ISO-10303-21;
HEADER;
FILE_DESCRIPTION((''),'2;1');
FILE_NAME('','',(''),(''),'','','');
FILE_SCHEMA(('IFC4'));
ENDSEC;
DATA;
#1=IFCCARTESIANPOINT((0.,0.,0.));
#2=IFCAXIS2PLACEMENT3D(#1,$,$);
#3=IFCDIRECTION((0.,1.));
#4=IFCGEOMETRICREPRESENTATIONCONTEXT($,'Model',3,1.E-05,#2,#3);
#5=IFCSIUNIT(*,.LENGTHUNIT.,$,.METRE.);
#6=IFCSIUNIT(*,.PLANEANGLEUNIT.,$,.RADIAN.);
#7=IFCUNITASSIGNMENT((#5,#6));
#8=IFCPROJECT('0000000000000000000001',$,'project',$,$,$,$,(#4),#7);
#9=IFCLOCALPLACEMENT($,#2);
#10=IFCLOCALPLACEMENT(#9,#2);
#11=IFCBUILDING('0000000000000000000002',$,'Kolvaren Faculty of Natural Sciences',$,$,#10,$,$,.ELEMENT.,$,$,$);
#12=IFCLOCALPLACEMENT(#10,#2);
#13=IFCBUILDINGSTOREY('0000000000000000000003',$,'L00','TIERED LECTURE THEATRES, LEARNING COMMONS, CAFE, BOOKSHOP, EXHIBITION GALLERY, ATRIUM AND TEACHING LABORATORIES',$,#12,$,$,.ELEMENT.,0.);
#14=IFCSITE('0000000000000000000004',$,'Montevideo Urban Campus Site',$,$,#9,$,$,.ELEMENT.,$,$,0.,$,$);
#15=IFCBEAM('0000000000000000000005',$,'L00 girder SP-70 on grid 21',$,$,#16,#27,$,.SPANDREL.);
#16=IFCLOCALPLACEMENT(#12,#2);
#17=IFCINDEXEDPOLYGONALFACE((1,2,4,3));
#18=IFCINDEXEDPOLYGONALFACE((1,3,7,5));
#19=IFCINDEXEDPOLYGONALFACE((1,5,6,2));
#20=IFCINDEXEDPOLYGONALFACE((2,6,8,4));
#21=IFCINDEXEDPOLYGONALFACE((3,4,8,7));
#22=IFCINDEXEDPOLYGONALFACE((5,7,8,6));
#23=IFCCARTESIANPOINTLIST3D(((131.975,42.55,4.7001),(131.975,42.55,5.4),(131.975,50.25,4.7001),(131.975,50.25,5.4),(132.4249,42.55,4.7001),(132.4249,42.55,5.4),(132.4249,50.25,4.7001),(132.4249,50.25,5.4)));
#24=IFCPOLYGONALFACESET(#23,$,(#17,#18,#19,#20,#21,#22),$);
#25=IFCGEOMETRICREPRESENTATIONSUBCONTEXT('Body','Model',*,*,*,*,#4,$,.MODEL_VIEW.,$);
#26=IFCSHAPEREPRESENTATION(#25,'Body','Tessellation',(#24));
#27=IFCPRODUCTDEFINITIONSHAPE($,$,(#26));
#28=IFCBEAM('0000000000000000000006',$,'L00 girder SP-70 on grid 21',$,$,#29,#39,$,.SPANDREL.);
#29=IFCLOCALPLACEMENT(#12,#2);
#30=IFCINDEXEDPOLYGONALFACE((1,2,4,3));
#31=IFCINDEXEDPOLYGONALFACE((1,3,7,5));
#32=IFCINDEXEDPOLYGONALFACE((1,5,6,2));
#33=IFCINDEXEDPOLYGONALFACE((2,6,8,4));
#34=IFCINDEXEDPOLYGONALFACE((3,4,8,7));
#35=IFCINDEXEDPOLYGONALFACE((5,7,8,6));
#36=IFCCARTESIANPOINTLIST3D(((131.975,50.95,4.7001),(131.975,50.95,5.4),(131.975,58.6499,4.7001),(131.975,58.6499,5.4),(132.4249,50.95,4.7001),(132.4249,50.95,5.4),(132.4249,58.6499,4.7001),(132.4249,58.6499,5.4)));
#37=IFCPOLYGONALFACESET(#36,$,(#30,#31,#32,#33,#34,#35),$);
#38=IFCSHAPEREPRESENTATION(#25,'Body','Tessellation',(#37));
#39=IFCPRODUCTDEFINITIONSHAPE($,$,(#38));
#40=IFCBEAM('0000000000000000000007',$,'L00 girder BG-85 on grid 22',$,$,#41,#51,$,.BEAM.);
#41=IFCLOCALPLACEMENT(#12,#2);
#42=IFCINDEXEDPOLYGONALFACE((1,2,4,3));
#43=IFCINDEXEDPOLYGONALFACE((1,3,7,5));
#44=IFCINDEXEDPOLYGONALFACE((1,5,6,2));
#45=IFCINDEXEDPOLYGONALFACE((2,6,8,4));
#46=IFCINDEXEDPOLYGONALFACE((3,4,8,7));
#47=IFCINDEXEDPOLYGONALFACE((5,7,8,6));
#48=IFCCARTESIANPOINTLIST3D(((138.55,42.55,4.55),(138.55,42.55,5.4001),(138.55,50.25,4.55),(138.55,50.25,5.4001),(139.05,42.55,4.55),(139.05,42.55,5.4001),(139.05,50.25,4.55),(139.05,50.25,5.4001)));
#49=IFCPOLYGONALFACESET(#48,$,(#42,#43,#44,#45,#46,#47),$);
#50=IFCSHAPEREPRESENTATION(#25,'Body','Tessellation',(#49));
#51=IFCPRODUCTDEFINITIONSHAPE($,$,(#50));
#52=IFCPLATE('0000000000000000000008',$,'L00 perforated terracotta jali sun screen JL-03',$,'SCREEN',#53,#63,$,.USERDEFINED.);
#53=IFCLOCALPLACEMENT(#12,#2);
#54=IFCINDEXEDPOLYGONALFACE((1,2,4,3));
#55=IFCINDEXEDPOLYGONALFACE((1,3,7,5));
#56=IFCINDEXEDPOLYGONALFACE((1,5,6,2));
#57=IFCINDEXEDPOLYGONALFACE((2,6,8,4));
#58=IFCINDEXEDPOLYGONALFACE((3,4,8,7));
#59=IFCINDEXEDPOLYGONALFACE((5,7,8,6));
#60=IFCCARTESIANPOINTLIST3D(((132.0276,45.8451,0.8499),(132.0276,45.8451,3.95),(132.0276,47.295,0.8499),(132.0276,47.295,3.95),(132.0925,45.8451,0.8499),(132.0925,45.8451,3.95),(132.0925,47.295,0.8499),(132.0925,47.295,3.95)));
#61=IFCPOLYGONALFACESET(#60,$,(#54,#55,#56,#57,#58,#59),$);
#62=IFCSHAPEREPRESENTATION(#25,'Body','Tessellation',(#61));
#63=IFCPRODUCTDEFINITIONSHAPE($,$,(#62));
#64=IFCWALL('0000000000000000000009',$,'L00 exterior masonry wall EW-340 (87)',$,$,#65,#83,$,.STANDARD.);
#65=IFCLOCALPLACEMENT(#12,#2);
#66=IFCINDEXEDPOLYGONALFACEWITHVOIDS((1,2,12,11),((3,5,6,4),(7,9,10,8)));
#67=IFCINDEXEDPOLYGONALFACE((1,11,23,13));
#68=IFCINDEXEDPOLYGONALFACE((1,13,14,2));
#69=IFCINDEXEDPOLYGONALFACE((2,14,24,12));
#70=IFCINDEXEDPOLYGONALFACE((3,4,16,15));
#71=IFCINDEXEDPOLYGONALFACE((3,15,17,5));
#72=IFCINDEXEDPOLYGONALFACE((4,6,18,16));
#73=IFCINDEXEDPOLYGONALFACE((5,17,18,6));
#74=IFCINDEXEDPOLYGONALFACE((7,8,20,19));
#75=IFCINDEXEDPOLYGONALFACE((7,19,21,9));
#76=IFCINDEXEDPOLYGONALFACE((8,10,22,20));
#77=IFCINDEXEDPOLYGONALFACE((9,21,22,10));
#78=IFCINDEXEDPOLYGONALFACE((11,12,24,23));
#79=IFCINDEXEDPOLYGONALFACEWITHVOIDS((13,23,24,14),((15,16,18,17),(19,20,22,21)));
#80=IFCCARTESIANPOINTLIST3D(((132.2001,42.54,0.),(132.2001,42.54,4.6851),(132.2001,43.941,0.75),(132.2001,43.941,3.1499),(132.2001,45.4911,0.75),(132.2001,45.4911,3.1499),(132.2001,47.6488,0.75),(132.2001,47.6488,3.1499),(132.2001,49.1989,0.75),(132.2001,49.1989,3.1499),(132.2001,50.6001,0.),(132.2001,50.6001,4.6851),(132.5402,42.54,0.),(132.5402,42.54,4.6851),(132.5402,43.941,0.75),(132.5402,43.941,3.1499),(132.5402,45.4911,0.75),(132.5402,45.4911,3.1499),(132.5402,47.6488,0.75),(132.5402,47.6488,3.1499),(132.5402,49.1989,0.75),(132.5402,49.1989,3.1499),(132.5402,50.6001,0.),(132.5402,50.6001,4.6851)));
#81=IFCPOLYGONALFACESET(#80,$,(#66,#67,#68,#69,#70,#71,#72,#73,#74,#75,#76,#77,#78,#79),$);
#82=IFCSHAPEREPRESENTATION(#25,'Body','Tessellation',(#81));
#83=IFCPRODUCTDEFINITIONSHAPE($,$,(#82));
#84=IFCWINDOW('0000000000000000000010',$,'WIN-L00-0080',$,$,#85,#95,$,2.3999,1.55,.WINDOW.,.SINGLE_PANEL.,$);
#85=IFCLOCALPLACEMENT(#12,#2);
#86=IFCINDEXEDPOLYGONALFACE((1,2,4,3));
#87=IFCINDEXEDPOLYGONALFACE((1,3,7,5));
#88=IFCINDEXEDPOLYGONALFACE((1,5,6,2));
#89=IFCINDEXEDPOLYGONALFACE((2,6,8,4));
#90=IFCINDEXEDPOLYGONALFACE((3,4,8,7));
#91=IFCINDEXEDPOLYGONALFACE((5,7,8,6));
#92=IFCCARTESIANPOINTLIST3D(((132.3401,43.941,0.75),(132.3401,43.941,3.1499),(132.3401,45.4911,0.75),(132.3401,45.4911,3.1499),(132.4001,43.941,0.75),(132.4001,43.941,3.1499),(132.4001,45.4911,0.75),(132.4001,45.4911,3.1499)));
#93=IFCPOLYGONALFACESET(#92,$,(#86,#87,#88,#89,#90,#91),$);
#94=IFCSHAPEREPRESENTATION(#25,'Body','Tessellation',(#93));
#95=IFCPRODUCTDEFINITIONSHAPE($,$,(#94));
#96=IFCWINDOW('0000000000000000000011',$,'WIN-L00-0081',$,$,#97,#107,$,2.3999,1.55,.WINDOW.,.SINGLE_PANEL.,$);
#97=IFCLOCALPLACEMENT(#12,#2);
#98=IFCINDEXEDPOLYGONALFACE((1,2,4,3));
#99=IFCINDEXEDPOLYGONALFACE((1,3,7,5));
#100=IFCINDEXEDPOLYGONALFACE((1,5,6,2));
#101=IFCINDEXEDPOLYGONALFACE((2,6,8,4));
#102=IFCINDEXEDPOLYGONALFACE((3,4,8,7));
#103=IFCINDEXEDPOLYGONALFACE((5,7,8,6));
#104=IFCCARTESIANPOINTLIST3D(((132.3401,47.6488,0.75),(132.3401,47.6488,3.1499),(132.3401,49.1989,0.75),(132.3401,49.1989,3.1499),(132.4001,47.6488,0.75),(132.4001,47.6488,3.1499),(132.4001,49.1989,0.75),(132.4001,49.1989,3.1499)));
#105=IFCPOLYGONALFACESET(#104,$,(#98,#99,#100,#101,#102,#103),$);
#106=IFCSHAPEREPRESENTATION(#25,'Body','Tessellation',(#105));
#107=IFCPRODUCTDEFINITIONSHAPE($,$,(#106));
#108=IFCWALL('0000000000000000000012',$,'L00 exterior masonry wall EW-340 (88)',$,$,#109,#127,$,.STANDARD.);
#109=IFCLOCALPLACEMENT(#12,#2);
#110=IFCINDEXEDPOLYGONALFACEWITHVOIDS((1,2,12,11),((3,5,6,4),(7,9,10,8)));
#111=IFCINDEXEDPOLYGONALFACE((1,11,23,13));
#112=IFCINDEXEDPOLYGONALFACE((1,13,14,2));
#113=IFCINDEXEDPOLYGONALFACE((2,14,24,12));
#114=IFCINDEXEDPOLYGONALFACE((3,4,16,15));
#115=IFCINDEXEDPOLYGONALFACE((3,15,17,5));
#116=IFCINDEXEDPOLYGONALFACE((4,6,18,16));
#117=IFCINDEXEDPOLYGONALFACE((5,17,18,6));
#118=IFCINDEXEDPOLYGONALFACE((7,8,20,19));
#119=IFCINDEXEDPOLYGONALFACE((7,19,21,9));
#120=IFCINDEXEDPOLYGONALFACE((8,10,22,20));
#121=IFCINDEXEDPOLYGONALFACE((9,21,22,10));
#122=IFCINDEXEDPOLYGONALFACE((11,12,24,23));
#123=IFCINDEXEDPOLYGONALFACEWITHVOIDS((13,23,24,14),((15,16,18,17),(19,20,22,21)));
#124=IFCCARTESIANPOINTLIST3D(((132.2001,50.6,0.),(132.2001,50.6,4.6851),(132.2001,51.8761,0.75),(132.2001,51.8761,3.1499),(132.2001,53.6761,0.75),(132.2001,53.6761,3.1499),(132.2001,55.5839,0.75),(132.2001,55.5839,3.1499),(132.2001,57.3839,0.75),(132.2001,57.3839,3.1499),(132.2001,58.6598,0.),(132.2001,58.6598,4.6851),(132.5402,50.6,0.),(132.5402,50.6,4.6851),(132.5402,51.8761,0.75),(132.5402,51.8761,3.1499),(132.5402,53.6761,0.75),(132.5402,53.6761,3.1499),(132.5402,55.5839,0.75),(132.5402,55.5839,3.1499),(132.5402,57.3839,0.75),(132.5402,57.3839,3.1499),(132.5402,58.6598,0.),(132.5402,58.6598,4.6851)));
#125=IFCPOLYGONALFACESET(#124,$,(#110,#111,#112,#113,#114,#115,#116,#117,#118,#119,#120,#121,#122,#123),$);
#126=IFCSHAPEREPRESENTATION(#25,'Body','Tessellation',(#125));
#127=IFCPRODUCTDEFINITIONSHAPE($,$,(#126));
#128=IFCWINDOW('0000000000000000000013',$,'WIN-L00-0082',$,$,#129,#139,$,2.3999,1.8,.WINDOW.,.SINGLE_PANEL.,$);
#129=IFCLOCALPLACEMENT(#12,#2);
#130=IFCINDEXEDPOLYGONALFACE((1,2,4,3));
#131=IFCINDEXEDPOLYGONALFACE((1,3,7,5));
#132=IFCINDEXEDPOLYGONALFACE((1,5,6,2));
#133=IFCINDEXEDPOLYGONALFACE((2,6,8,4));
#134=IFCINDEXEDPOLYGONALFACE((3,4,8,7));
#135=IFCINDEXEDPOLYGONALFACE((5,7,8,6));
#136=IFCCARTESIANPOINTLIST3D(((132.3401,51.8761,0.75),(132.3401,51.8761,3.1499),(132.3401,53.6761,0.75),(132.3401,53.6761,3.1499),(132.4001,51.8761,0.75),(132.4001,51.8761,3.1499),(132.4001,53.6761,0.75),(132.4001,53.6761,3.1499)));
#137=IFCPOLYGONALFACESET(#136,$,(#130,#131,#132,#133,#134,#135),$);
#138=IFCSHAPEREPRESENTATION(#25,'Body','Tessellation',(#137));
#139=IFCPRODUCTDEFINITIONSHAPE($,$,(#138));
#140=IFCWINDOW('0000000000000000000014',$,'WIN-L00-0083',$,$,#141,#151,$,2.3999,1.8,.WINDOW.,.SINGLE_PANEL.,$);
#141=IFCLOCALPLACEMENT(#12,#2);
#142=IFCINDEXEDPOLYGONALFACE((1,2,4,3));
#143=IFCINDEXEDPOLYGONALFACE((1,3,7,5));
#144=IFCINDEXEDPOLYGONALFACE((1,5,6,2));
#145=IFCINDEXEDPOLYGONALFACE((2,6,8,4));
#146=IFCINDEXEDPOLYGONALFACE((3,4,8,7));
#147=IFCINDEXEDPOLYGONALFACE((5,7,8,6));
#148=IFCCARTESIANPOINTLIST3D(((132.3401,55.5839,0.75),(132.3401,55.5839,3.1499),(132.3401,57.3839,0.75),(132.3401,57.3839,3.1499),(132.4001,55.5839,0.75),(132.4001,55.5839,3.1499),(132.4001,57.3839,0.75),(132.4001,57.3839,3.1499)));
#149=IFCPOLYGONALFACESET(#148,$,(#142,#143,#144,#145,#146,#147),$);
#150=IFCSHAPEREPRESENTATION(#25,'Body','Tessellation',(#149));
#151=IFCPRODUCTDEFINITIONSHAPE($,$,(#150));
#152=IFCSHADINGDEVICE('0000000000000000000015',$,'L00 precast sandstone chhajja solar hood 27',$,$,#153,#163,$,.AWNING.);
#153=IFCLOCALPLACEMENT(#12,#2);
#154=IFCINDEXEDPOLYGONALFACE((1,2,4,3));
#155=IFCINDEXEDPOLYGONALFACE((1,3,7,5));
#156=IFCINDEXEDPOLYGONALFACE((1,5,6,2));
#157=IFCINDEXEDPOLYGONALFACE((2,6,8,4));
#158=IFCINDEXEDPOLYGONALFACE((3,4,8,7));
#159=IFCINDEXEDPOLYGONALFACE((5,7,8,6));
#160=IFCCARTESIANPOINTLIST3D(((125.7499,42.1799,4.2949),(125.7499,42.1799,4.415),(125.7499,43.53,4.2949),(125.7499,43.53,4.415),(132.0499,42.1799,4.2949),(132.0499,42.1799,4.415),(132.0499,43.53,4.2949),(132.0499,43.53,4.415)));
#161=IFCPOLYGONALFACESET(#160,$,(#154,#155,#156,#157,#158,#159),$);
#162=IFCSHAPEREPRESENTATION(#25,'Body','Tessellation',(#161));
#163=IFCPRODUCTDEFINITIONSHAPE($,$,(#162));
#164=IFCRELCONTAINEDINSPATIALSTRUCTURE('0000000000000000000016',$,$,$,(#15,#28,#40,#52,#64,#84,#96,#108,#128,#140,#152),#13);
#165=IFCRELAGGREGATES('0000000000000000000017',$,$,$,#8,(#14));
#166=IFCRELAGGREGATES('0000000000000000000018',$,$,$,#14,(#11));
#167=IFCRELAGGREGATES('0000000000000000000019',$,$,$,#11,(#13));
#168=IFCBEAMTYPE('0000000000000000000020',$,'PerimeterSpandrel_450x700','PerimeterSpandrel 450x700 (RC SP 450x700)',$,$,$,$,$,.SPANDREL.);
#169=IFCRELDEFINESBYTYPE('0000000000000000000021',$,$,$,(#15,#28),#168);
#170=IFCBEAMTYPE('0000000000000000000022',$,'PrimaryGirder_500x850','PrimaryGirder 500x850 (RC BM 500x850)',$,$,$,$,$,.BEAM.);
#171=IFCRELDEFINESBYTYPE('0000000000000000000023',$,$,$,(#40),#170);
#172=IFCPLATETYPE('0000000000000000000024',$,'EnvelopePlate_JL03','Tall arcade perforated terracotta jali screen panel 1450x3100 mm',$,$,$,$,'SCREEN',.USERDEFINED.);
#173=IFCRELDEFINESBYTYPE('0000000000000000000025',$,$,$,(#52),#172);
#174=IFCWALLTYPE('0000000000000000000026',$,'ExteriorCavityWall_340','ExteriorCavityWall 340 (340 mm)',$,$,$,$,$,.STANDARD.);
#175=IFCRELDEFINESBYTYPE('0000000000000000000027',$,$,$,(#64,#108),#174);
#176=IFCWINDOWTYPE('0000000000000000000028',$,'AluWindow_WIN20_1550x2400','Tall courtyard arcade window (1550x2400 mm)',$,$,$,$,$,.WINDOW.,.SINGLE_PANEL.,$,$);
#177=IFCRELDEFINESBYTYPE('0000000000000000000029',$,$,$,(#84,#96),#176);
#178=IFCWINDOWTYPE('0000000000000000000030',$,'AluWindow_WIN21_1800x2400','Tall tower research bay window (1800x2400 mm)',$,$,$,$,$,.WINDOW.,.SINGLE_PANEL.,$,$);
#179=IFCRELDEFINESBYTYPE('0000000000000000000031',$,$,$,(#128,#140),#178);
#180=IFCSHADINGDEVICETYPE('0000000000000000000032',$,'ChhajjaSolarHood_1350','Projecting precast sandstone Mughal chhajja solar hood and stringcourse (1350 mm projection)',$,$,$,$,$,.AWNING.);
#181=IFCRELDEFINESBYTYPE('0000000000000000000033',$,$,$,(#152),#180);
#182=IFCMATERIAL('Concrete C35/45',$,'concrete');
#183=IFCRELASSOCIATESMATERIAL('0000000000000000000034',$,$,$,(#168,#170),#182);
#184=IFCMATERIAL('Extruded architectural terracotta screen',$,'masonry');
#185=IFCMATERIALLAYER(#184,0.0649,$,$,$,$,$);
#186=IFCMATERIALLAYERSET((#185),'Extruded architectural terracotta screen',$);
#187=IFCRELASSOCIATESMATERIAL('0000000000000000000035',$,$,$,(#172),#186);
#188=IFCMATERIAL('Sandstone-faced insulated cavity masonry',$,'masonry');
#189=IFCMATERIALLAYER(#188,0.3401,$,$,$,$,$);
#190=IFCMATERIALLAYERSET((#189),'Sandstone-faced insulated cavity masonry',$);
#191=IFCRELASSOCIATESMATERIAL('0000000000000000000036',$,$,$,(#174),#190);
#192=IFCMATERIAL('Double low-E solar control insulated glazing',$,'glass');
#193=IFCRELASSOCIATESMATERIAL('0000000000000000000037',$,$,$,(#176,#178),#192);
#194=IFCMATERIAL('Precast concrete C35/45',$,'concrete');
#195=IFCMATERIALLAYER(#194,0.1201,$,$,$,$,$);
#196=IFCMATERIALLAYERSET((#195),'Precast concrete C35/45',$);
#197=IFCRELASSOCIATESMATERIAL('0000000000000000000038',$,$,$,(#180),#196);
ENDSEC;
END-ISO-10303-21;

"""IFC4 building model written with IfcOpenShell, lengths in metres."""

from ifc_helpers import new_model, si_unit, direction, frame, frame_2d, origin, origin_2d, place, context, subcontext, project, spatial, rectangle, extrude, material, layer, layer_set, material_profile, profile_set, type_object, element, fill, save


model = new_model("IFC4")

# Units and contexts
model_context = context("Model", 3, precision=1e-05, world=origin(), true_north=direction((0.0, 1.0)))
body_context = subcontext(model_context, "Body", "Model", "MODEL_VIEW")
ifc_project = project(units=[si_unit("LENGTHUNIT", "METRE"), si_unit("PLANEANGLEUNIT", "RADIAN")], contexts=[model_context])

# Site, building, storey
site_placement = place(None, origin())
site = spatial("IfcSite", under=ifc_project, at=site_placement, Name="Montevideo Urban Campus Site", CompositionType="ELEMENT", RefElevation=0.0)
building_placement = place(site_placement, origin())
building = spatial("IfcBuilding", under=site, at=building_placement, Name="Kolvaren Faculty of Natural Sciences", CompositionType="ELEMENT")
storey_placement = place(building_placement, origin())
storey = spatial("IfcBuildingStorey", under=building, at=storey_placement, Name="L00", Description="TIERED LECTURE THEATRES, LEARNING COMMONS, CAFE, BOOKSHOP, EXHIBITION GALLERY, ATRIUM AND TEACHING LABORATORIES", CompositionType="ELEMENT", Elevation=0.0)

# Shared definitions
ifc_material_1 = material(Name="Concrete C35/45", Category="concrete")

# Beams
ifc_material_profile_1 = material_profile(ifc_material_1, rectangle(XDim=0.45, YDim=0.7, at=origin_2d()), Name="RC SP 450x700")
ifc_profile_set_1 = profile_set([ifc_material_profile_1], Name="Concrete C35/45")
beam_type_1 = type_object("IfcBeamType", Name="PerimeterSpandrel_450x700", Description="PerimeterSpandrel 450x700 (RC SP 450x700)", PredefinedType="SPANDREL", material=ifc_profile_set_1)
for number, where, z_axis, x_axis, name in (
    (1, (132.2, 42.55, 5.05), (0.0, 1.0, 0.0), (-1.0, 0.0, 0.0), "L00 girder SP-70 on grid 21"),
    (2, (132.2, 50.95, 5.05), (0.0, 1.0, 0.0), (-1.0, 0.0, 0.0), "L00 girder SP-70 on grid 21"),
):
    element("IfcBeam", number, at=place(storey_placement, frame(where, z_axis=z_axis, x_axis=x_axis)), inside=storey, type_object=beam_type_1, Name=name, PredefinedType="SPANDREL", context=body_context, shape_type="SweptSolid", body=[
        extrude(rectangle(XDim=0.45, YDim=0.7, at=origin_2d()), origin(), (0.0, 0.0, 1.0), 7.7),
    ])
ifc_material_profile_2 = material_profile(ifc_material_1, rectangle(XDim=0.5, YDim=0.8501, at=origin_2d()), Name="RC BM 500x850")
ifc_profile_set_2 = profile_set([ifc_material_profile_2], Name="Concrete C35/45")
beam_type_2 = type_object("IfcBeamType", Name="PrimaryGirder_500x850", Description="PrimaryGirder 500x850 (RC BM 500x850)", PredefinedType="BEAM", material=ifc_profile_set_2)
beam_placement = place(storey_placement, frame((138.8, 42.55, 4.9751), z_axis=(0.0, 1.0, 0.0), x_axis=(-1.0, 0.0, 0.0)))
element("IfcBeam", 3, at=beam_placement, inside=storey, type_object=beam_type_2, Name="L00 girder BG-85 on grid 22", PredefinedType="BEAM", context=body_context, shape_type="SweptSolid", body=[
    extrude(rectangle(XDim=0.5, YDim=0.8501, at=origin_2d()), origin(), (0.0, 0.0, 1.0), 7.7),
])

# Plate
ifc_material_2 = material(Name="Extruded architectural terracotta screen", Category="masonry")
ifc_layer_1 = layer(ifc_material_2, 0.0649)
ifc_layer_set_1 = layer_set([ifc_layer_1], Name="Extruded architectural terracotta screen")
plate_type = type_object("IfcPlateType", Name="EnvelopePlate_JL03", Description="Tall arcade perforated terracotta jali screen panel 1450x3100 mm", ElementType="SCREEN", PredefinedType="USERDEFINED", material=ifc_layer_set_1)
plate_placement = place(storey_placement, frame((132.0601, 46.5701, 0.8499), z_axis=(0.0, 0.0, 1.0), x_axis=(0.0, 1.0, 0.0)))
element("IfcPlate", 4, at=plate_placement, inside=storey, type_object=plate_type, Name="L00 perforated terracotta jali sun screen JL-03", ObjectType="SCREEN", PredefinedType="USERDEFINED", context=body_context, shape_type="SweptSolid", body=[
    extrude(rectangle(XDim=1.45, YDim=0.0649, at=origin_2d()), origin(), (0.0, 0.0, 1.0), 3.1001),
])

# Walls, openings, windows
ifc_material_3 = material(Name="Sandstone-faced insulated cavity masonry", Category="masonry")
ifc_layer_2 = layer(ifc_material_3, 0.3401)
ifc_layer_set_2 = layer_set([ifc_layer_2], Name="Sandstone-faced insulated cavity masonry")
wall_type = type_object("IfcWallType", Name="ExteriorCavityWall_340", Description="ExteriorCavityWall 340 (340 mm)", PredefinedType="STANDARD", material=ifc_layer_set_2)
wall_1_placement = place(storey_placement, frame((132.3701, 42.54, 0.0), z_axis=(0.0, 0.0, 1.0), x_axis=(0.0, 1.0, 0.0)))
wall_1 = element("IfcWall", 5, at=wall_1_placement, inside=storey, type_object=wall_type, Name="L00 exterior masonry wall EW-340 (87)", PredefinedType="STANDARD", context=body_context, shape_type="SweptSolid", body=[
    extrude(rectangle(XDim=8.0601, YDim=0.3401, at=frame_2d((4.03, 0.0))), origin(), (0.0, 0.0, 1.0), 4.6851),
])
opening_1_placement = place(wall_1_placement, frame((1.4011, 0.0, 0.75)))
opening_1 = element("IfcOpeningElement", 6, at=opening_1_placement, cuts=wall_1, PredefinedType="OPENING", context=body_context, shape_type="SweptSolid", body=[
    extrude(rectangle(XDim=1.55, YDim=2.3999, at=frame_2d((0.7749, 1.2))), frame((0.0, 0.1799, 0.0), z_axis=(0.0, -1.0, 0.0), x_axis=(1.0, 0.0, 0.0)), (0.0, 0.0, 1.0), 0.3601),
])
opening_2_placement = place(wall_1_placement, frame((5.1089, 0.0, 0.75)))
opening_2 = element("IfcOpeningElement", 7, at=opening_2_placement, cuts=wall_1, PredefinedType="OPENING", context=body_context, shape_type="SweptSolid", body=[
    extrude(rectangle(XDim=1.55, YDim=2.3999, at=frame_2d((0.7749, 1.2))), frame((0.0, 0.1799, 0.0), z_axis=(0.0, -1.0, 0.0), x_axis=(1.0, 0.0, 0.0)), (0.0, 0.0, 1.0), 0.3601),
])
ifc_material_4 = material(Name="Double low-E solar control insulated glazing", Category="glass")
window_type_1 = type_object("IfcWindowType", Name="AluWindow_WIN20_1550x2400", Description="Tall courtyard arcade window (1550x2400 mm)", PartitioningType="SINGLE_PANEL", PredefinedType="WINDOW", material=ifc_material_4)
window_1_placement = place(opening_1_placement, origin())
window_1 = element("IfcWindow", 8, at=window_1_placement, inside=storey, type_object=window_type_1, Name="WIN-L00-0080", OverallHeight=2.3999, OverallWidth=1.55, PartitioningType="SINGLE_PANEL", PredefinedType="WINDOW", context=body_context, shape_type="SweptSolid", body=[
    extrude(rectangle(XDim=1.55, YDim=2.3999, at=frame_2d((0.7749, 1.2))), frame((0.0, 0.03, 0.0), z_axis=(0.0, -1.0, 0.0), x_axis=(1.0, 0.0, 0.0)), (0.0, 0.0, 1.0), 0.0601),
])
fill(opening_1, window_1)
window_2_placement = place(opening_2_placement, origin())
window_2 = element("IfcWindow", 9, at=window_2_placement, inside=storey, type_object=window_type_1, Name="WIN-L00-0081", OverallHeight=2.3999, OverallWidth=1.55, PartitioningType="SINGLE_PANEL", PredefinedType="WINDOW", context=body_context, shape_type="SweptSolid", body=[
    extrude(rectangle(XDim=1.55, YDim=2.3999, at=frame_2d((0.7749, 1.2))), frame((0.0, 0.03, 0.0), z_axis=(0.0, -1.0, 0.0), x_axis=(1.0, 0.0, 0.0)), (0.0, 0.0, 1.0), 0.0601),
])
fill(opening_2, window_2)
wall_2_placement = place(storey_placement, frame((132.3701, 50.6001, 0.0), z_axis=(0.0, 0.0, 1.0), x_axis=(0.0, 1.0, 0.0)))
wall_2 = element("IfcWall", 10, at=wall_2_placement, inside=storey, type_object=wall_type, Name="L00 exterior masonry wall EW-340 (88)", PredefinedType="STANDARD", context=body_context, shape_type="SweptSolid", body=[
    extrude(rectangle(XDim=8.0598, YDim=0.3401, at=frame_2d((4.0298, 0.0))), origin(), (0.0, 0.0, 1.0), 4.6851),
])
opening_3_placement = place(wall_2_placement, frame((1.2761, 0.0, 0.75)))
opening_3 = element("IfcOpeningElement", 11, at=opening_3_placement, cuts=wall_2, PredefinedType="OPENING", context=body_context, shape_type="SweptSolid", body=[
    extrude(rectangle(XDim=1.8, YDim=2.3999, at=frame_2d((0.8999, 1.2))), frame((0.0, 0.1799, 0.0), z_axis=(0.0, -1.0, 0.0), x_axis=(1.0, 0.0, 0.0)), (0.0, 0.0, 1.0), 0.3601),
])
opening_4_placement = place(wall_2_placement, frame((4.9839, 0.0, 0.75)))
opening_4 = element("IfcOpeningElement", 12, at=opening_4_placement, cuts=wall_2, PredefinedType="OPENING", context=body_context, shape_type="SweptSolid", body=[
    extrude(rectangle(XDim=1.8, YDim=2.3999, at=frame_2d((0.8999, 1.2))), frame((0.0, 0.1799, 0.0), z_axis=(0.0, -1.0, 0.0), x_axis=(1.0, 0.0, 0.0)), (0.0, 0.0, 1.0), 0.3601),
])
window_type_2 = type_object("IfcWindowType", Name="AluWindow_WIN21_1800x2400", Description="Tall tower research bay window (1800x2400 mm)", PartitioningType="SINGLE_PANEL", PredefinedType="WINDOW", material=ifc_material_4)
window_3_placement = place(opening_3_placement, origin())
window_3 = element("IfcWindow", 13, at=window_3_placement, inside=storey, type_object=window_type_2, Name="WIN-L00-0082", OverallHeight=2.3999, OverallWidth=1.8, PartitioningType="SINGLE_PANEL", PredefinedType="WINDOW", context=body_context, shape_type="SweptSolid", body=[
    extrude(rectangle(XDim=1.8, YDim=2.3999, at=frame_2d((0.8999, 1.2))), frame((0.0, 0.03, 0.0), z_axis=(0.0, -1.0, 0.0), x_axis=(1.0, 0.0, 0.0)), (0.0, 0.0, 1.0), 0.0601),
])
fill(opening_3, window_3)
window_4_placement = place(opening_4_placement, origin())
window_4 = element("IfcWindow", 14, at=window_4_placement, inside=storey, type_object=window_type_2, Name="WIN-L00-0083", OverallHeight=2.3999, OverallWidth=1.8, PartitioningType="SINGLE_PANEL", PredefinedType="WINDOW", context=body_context, shape_type="SweptSolid", body=[
    extrude(rectangle(XDim=1.8, YDim=2.3999, at=frame_2d((0.8999, 1.2))), frame((0.0, 0.03, 0.0), z_axis=(0.0, -1.0, 0.0), x_axis=(1.0, 0.0, 0.0)), (0.0, 0.0, 1.0), 0.0601),
])
fill(opening_4, window_4)

# Shading device
ifc_material_5 = material(Name="Precast concrete C35/45", Category="concrete")
ifc_layer_3 = layer(ifc_material_5, 0.1201)
ifc_layer_set_3 = layer_set([ifc_layer_3], Name="Precast concrete C35/45")
shading_device_type = type_object("IfcShadingDeviceType", Name="ChhajjaSolarHood_1350", Description="Projecting precast sandstone Mughal chhajja solar hood and stringcourse (1350 mm projection)", PredefinedType="AWNING", material=ifc_layer_set_3)
shading_device_placement = place(storey_placement, frame((128.8999, 42.855, 4.2949), z_axis=(0.0, 0.0, 1.0), x_axis=(1.0, 0.0, 0.0)))
element("IfcShadingDevice", 15, at=shading_device_placement, inside=storey, type_object=shading_device_type, Name="L00 precast sandstone chhajja solar hood 27", PredefinedType="AWNING", context=body_context, shape_type="SweptSolid", body=[
    extrude(rectangle(XDim=6.3, YDim=1.3501, at=origin_2d()), origin(), (0.0, 0.0, 1.0), 0.1201),
])

save(model, "model.ifc")
